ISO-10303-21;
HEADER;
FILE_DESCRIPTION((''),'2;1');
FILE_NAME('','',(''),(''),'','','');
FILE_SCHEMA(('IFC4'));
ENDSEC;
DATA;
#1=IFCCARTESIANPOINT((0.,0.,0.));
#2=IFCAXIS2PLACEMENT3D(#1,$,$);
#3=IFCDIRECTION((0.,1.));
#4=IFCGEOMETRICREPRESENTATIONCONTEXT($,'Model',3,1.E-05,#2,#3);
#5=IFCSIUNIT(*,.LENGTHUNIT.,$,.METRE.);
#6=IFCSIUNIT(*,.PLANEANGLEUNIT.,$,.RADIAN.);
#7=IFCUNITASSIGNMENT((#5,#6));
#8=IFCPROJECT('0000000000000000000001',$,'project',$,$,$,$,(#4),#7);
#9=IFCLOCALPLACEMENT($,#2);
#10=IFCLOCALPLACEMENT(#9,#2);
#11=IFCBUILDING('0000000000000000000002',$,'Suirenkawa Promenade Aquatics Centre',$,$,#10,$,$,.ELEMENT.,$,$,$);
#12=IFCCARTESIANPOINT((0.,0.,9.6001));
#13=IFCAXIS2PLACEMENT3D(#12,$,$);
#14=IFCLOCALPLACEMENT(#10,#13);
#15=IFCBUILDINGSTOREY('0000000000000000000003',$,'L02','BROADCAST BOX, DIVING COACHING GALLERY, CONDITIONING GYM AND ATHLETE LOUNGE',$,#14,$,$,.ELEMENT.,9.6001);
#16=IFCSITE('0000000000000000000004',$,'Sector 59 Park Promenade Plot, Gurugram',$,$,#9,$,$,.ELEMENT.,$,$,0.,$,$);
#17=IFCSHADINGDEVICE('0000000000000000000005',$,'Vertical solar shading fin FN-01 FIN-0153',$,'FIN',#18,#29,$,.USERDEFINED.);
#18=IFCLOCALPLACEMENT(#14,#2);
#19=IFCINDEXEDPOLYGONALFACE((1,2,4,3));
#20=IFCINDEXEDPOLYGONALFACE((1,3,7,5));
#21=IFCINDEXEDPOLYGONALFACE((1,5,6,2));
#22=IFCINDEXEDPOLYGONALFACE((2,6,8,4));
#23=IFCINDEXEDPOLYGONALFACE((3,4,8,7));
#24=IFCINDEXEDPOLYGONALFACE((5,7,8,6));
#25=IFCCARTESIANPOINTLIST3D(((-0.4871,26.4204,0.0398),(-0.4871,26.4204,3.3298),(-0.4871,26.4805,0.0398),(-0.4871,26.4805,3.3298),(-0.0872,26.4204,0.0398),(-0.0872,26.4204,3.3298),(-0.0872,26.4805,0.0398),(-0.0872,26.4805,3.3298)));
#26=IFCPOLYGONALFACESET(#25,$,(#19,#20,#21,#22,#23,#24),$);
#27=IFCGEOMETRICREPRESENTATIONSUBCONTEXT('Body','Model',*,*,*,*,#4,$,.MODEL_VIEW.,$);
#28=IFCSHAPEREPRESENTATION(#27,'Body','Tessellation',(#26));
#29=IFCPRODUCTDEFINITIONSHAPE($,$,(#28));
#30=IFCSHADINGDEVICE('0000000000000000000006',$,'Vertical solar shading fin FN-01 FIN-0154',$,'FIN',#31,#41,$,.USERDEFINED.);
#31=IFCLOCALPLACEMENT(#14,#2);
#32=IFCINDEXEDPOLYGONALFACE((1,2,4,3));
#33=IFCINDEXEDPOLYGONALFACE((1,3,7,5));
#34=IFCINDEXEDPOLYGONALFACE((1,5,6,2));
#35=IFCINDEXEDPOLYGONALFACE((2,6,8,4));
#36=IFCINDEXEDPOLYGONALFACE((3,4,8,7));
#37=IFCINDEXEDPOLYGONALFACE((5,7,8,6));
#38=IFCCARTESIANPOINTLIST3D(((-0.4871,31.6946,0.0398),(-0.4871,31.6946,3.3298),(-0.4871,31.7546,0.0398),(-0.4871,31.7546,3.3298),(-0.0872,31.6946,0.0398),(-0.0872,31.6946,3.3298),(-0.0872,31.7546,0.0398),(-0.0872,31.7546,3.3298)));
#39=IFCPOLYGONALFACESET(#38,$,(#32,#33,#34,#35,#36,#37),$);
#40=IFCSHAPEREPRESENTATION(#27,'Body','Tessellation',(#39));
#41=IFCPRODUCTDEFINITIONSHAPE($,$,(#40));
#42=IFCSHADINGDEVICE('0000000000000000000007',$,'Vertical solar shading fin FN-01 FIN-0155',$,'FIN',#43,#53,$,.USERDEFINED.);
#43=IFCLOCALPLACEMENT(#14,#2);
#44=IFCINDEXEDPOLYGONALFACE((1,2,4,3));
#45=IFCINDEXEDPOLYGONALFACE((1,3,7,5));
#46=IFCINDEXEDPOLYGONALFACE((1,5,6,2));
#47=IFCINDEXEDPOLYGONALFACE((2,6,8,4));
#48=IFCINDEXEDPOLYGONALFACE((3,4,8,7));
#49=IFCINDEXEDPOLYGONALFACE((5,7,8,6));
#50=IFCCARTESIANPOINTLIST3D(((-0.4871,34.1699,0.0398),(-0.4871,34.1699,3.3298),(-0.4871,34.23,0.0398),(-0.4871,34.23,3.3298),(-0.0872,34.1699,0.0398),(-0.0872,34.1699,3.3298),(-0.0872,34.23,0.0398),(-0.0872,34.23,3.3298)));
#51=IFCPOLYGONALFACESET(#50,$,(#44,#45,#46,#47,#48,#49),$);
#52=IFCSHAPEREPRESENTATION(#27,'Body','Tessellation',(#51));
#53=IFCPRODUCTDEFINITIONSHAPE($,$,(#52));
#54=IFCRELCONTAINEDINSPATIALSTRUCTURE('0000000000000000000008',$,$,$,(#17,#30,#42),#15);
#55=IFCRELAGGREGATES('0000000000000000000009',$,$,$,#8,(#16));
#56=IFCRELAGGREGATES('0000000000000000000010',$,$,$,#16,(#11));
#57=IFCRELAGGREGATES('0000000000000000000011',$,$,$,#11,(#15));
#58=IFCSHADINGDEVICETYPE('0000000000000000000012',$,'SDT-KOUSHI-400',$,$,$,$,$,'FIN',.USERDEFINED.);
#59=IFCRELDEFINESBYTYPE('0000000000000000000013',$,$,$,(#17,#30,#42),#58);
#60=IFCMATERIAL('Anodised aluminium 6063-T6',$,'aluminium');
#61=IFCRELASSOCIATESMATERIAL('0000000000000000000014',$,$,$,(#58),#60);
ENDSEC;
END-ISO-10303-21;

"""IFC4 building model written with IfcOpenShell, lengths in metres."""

from ifc_helpers import new_model, si_unit, direction, frame, origin, origin_2d, place, context, subcontext, project, spatial, rectangle, extrude, material, type_object, element, save


model = new_model("IFC4")

# Units and contexts
model_context = context("Model", 3, precision=1e-05, world=origin(), true_north=direction((0.0, 1.0)))
body_context = subcontext(model_context, "Body", "Model", "MODEL_VIEW")
ifc_project = project(units=[si_unit("LENGTHUNIT", "METRE"), si_unit("PLANEANGLEUNIT", "RADIAN")], contexts=[model_context])

# Site, building, storey
site_placement = place(None, origin())
site = spatial("IfcSite", under=ifc_project, at=site_placement, Name="Sector 59 Park Promenade Plot, Gurugram", CompositionType="ELEMENT", RefElevation=0.0)
building_placement = place(site_placement, origin())
building = spatial("IfcBuilding", under=site, at=building_placement, Name="Suirenkawa Promenade Aquatics Centre", CompositionType="ELEMENT")
storey_placement = place(building_placement, frame((0.0, 0.0, 9.6001)))
storey = spatial("IfcBuildingStorey", under=building, at=storey_placement, Name="L02", Description="BROADCAST BOX, DIVING COACHING GALLERY, CONDITIONING GYM AND ATHLETE LOUNGE", CompositionType="ELEMENT", Elevation=9.6001)

# Shared definitions
ifc_material_1 = material(Name="Anodised aluminium 6063-T6", Category="aluminium")

# Shading devices
shading_device_type = type_object("IfcShadingDeviceType", Name="SDT-KOUSHI-400", ElementType="FIN", PredefinedType="USERDEFINED", material=ifc_material_1)
for number, where, z_axis, x_axis, name in (
    (1, (-0.2871, 26.4504, 0.0398), (0.0, 0.0, 1.0), (-1.0, 0.0, 0.0), "Vertical solar shading fin FN-01 FIN-0153"),
    (2, (-0.2871, 31.7246, 0.0398), (0.0, 0.0, 1.0), (-1.0, 0.0, 0.0), "Vertical solar shading fin FN-01 FIN-0154"),
    (3, (-0.2871, 34.2, 0.0398), (0.0, 0.0, 1.0), (-1.0, 0.0, 0.0), "Vertical solar shading fin FN-01 FIN-0155"),
):
    element("IfcShadingDevice", number, at=place(storey_placement, frame(where, z_axis=z_axis, x_axis=x_axis)), inside=storey, type_object=shading_device_type, Name=name, ObjectType="FIN", PredefinedType="USERDEFINED", context=body_context, shape_type="SweptSolid", body=[
        extrude(rectangle(XDim=0.3999, YDim=0.0601, at=origin_2d()), origin(), (0.0, 0.0, 1.0), 3.29),
    ])

save(model, "model.ifc")
